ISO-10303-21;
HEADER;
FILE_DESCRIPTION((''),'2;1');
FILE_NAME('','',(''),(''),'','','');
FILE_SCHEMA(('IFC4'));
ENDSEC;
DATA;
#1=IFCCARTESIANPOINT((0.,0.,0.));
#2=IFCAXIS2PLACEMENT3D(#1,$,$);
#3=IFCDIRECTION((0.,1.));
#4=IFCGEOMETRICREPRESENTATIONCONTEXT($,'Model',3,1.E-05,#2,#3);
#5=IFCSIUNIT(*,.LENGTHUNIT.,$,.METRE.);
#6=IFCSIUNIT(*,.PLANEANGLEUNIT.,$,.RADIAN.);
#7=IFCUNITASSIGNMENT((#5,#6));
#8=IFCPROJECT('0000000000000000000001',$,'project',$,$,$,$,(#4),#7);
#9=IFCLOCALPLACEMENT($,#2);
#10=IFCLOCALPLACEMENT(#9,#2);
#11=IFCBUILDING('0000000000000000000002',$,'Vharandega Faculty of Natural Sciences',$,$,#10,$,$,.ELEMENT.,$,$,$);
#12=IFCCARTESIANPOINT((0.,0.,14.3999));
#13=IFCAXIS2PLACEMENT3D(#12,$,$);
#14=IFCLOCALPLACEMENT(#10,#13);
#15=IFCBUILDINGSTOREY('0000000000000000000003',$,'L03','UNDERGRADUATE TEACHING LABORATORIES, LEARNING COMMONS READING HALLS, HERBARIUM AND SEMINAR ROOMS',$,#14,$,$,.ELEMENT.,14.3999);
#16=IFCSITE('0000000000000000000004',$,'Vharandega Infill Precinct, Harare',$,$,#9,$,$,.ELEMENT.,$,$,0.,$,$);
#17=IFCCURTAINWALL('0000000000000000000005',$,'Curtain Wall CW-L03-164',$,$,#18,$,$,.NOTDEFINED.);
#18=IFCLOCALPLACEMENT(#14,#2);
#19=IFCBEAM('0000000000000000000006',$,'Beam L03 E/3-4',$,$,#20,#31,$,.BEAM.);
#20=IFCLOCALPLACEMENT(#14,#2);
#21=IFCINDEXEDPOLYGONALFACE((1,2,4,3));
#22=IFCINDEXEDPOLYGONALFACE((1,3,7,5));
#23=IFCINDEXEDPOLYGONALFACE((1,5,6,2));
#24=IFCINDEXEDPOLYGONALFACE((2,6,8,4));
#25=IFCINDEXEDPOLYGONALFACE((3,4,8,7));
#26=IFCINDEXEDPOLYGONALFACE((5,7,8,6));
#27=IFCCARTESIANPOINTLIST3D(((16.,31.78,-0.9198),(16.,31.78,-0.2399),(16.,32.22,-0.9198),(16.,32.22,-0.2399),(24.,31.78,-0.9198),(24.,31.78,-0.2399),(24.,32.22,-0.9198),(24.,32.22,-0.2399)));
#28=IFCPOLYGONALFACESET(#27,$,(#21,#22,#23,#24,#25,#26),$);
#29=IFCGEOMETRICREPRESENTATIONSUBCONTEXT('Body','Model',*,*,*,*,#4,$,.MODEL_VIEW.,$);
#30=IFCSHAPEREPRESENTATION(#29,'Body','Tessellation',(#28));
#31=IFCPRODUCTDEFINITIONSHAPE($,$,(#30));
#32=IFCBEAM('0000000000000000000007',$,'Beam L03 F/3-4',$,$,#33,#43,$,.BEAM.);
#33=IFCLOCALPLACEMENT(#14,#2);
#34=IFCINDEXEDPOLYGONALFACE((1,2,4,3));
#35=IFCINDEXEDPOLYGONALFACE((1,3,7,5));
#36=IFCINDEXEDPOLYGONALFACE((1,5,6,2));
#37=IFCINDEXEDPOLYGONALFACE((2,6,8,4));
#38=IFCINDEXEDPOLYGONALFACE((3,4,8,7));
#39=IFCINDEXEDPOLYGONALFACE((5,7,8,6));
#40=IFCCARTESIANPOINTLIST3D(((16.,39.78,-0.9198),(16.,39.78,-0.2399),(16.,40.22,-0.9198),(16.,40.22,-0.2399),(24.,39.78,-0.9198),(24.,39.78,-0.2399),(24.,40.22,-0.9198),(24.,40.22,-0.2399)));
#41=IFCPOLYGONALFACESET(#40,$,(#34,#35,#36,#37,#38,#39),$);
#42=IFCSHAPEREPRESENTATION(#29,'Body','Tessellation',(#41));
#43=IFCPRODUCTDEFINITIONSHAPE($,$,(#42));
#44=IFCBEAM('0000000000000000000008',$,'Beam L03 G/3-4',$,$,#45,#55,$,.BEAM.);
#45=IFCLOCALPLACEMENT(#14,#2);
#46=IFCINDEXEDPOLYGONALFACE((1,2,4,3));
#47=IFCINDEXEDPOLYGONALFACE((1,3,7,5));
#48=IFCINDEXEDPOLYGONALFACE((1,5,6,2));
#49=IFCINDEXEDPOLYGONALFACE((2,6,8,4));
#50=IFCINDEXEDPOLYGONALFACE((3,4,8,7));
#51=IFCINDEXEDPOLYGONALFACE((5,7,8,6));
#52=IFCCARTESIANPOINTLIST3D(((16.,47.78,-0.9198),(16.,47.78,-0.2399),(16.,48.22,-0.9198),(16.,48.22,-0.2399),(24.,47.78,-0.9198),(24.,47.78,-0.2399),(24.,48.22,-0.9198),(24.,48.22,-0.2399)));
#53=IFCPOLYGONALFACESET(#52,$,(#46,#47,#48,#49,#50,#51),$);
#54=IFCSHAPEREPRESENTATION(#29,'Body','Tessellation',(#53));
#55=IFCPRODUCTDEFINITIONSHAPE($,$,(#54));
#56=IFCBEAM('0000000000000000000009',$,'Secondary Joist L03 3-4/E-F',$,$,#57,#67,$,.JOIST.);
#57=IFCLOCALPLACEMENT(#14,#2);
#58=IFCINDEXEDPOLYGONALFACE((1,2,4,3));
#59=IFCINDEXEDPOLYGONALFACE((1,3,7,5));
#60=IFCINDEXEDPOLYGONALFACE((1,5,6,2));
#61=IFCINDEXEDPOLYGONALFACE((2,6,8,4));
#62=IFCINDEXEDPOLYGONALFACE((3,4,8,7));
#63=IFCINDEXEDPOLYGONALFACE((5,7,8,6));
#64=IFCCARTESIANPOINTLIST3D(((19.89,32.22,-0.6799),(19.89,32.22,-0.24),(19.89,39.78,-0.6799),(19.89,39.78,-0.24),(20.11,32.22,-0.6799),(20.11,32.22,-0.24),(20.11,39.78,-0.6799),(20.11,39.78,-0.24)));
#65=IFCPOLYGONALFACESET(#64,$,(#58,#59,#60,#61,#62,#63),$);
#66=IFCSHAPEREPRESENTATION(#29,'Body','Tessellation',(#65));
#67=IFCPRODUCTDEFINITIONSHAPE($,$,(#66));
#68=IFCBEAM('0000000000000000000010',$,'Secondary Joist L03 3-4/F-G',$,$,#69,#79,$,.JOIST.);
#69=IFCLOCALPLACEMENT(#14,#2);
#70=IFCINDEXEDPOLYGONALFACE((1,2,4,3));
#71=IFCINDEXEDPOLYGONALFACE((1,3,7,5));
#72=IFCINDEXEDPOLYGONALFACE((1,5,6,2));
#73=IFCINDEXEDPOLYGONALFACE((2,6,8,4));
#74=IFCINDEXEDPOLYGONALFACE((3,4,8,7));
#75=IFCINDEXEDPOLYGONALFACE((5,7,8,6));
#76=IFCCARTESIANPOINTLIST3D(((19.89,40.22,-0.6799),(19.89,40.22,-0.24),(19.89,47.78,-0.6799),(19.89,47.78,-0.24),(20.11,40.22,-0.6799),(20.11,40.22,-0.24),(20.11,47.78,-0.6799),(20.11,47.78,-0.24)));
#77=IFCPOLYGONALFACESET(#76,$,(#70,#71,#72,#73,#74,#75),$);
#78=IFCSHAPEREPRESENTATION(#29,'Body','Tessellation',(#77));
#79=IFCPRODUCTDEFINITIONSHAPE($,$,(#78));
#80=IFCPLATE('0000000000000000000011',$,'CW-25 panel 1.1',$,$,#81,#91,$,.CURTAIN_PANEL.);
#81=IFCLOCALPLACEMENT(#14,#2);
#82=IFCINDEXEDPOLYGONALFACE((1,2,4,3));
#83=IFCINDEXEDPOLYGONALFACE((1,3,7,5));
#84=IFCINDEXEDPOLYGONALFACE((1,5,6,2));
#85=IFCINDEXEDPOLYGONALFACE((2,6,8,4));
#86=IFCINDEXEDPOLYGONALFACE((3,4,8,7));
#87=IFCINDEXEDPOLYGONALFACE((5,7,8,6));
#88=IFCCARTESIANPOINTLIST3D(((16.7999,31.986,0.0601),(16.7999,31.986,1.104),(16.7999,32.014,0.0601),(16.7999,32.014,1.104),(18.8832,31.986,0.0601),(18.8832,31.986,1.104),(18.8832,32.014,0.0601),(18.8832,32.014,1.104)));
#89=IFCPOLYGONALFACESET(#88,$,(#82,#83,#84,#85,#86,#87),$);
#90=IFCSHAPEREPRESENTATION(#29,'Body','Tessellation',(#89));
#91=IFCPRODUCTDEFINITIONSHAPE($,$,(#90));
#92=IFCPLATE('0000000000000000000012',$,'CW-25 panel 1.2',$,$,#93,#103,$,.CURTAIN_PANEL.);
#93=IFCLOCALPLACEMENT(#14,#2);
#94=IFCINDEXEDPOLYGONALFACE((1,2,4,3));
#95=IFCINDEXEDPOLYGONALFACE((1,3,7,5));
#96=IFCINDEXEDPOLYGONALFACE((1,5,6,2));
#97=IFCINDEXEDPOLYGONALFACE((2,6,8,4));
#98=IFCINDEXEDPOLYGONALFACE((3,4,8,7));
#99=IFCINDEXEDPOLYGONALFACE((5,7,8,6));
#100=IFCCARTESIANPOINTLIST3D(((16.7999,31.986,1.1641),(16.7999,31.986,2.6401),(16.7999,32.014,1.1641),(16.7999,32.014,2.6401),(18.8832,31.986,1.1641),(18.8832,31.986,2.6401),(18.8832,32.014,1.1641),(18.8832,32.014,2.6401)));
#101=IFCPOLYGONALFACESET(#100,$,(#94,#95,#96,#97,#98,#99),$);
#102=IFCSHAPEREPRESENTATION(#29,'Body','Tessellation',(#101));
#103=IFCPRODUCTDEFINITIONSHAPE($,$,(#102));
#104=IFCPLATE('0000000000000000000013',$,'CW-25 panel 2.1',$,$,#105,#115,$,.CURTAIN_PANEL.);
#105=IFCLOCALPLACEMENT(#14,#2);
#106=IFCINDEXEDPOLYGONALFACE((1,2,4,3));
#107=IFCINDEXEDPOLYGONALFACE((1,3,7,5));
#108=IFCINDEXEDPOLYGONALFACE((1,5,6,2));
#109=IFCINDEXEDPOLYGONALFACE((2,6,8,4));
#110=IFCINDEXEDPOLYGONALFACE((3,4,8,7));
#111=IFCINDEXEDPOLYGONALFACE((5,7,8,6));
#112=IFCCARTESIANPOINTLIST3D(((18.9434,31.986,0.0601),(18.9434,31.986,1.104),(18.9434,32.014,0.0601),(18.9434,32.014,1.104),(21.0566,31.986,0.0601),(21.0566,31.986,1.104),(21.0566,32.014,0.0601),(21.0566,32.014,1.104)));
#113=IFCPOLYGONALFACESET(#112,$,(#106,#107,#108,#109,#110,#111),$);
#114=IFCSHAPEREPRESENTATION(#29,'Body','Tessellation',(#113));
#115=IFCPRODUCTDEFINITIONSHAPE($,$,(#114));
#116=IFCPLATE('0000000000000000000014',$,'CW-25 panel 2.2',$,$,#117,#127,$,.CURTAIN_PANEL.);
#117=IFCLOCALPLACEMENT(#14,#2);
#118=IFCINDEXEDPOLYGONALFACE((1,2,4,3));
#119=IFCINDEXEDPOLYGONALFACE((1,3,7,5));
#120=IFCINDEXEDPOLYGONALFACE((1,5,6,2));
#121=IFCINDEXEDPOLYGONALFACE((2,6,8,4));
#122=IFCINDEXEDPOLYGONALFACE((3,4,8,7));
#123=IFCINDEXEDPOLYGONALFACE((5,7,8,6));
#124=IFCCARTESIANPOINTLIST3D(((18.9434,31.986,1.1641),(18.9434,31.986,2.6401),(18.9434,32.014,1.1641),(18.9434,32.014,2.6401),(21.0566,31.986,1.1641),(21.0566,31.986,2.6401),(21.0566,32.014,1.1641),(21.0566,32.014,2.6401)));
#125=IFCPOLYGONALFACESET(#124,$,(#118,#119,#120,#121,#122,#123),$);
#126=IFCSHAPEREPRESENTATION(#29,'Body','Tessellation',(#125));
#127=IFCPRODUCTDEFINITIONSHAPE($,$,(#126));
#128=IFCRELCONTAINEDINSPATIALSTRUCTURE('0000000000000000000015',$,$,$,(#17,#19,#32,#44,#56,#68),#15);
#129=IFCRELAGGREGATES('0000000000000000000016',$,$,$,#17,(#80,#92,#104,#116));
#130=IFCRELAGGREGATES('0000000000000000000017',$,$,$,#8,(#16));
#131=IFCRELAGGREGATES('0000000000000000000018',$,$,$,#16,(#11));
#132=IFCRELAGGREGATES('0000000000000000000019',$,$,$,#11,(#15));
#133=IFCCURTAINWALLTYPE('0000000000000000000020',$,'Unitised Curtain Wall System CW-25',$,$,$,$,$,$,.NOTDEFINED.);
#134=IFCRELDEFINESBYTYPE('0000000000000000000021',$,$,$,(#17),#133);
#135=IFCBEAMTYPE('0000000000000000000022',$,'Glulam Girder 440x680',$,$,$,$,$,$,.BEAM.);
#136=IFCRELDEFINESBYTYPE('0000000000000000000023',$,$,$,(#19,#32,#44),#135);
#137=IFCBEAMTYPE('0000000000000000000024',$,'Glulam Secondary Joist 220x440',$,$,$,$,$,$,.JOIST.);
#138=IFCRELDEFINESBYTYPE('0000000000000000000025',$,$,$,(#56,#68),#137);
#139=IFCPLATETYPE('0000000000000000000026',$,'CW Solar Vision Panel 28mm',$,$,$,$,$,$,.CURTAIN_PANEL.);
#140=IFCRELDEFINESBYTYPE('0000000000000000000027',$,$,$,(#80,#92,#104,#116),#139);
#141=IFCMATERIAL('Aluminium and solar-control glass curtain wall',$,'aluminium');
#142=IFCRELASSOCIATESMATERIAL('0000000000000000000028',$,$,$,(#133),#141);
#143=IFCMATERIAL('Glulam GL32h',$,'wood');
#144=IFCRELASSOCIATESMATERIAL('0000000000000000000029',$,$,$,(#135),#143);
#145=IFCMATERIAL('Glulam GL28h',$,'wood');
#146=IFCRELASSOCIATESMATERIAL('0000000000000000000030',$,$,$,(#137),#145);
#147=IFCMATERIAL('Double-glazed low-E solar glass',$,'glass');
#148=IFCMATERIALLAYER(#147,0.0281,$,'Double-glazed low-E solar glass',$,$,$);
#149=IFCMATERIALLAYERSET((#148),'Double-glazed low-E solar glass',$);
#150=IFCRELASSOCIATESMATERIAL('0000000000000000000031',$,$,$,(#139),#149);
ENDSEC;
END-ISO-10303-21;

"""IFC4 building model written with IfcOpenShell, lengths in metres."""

from ifc_helpers import new_model, si_unit, direction, frame, origin, origin_2d, place, context, subcontext, project, spatial, rectangle, extrude, material, layer, layer_set, material_profile, profile_set, type_object, element, aggregate, save


model = new_model("IFC4")

# Units and contexts
model_context = context("Model", 3, precision=1e-05, world=origin(), true_north=direction((0.0, 1.0)))
body_context = subcontext(model_context, "Body", "Model", "MODEL_VIEW")
ifc_project = project(units=[si_unit("LENGTHUNIT", "METRE"), si_unit("PLANEANGLEUNIT", "RADIAN")], contexts=[model_context])

# Site, building, storey
site_placement = place(None, origin())
site = spatial("IfcSite", under=ifc_project, at=site_placement, Name="Vharandega Infill Precinct, Harare", CompositionType="ELEMENT", RefElevation=0.0)
building_placement = place(site_placement, origin())
building = spatial("IfcBuilding", under=site, at=building_placement, Name="Vharandega Faculty of Natural Sciences", CompositionType="ELEMENT")
storey_placement = place(building_placement, frame((0.0, 0.0, 14.3999)))
storey = spatial("IfcBuildingStorey", under=building, at=storey_placement, Name="L03", Description="UNDERGRADUATE TEACHING LABORATORIES, LEARNING COMMONS READING HALLS, HERBARIUM AND SEMINAR ROOMS", CompositionType="ELEMENT", Elevation=14.3999)

# Curtain wall
ifc_material_1 = material(Name="Aluminium and solar-control glass curtain wall", Category="aluminium")
curtain_wall_type_1 = type_object("IfcCurtainWallType", Name="Unitised Curtain Wall System CW-25", PredefinedType="NOTDEFINED", material=ifc_material_1)
curtain_wall_1_placement = place(storey_placement, origin())
curtain_wall_1 = element("IfcCurtainWall", 1, at=curtain_wall_1_placement, inside=storey, type_object=curtain_wall_type_1, Name="Curtain Wall CW-L03-164", PredefinedType="NOTDEFINED")

# Beams
ifc_material_2 = material(Name="Glulam GL32h", Category="wood")
ifc_material_profile_1 = material_profile(ifc_material_2, rectangle(XDim=0.4399, YDim=0.6799, at=origin_2d()), Name="GL32h 440x680")
ifc_profile_set_1 = profile_set([ifc_material_profile_1], Name="Glulam GL32h")
beam_type_1 = type_object("IfcBeamType", Name="Glulam Girder 440x680", PredefinedType="BEAM", material=ifc_profile_set_1)
for number, where, z_axis, x_axis, name in (
    (2, (16.0, 32.0, -0.5798), (1.0, 0.0, 0.0), (0.0, 1.0, 0.0), "Beam L03 E/3-4"),
    (3, (16.0, 40.0, -0.5798), (1.0, 0.0, 0.0), (0.0, 1.0, 0.0), "Beam L03 F/3-4"),
    (4, (16.0, 48.0, -0.5798), (1.0, 0.0, 0.0), (0.0, 1.0, 0.0), "Beam L03 G/3-4"),
):
    element("IfcBeam", number, at=place(storey_placement, frame(where, z_axis=z_axis, x_axis=x_axis)), inside=storey, type_object=beam_type_1, Name=name, PredefinedType="BEAM", context=body_context, shape_type="SweptSolid", body=[
        extrude(rectangle(XDim=0.4399, YDim=0.6799, at=origin_2d()), origin(), (0.0, 0.0, 1.0), 8.0),
    ])
ifc_material_3 = material(Name="Glulam GL28h", Category="wood")
ifc_material_profile_2 = material_profile(ifc_material_3, rectangle(XDim=0.22, YDim=0.4399, at=origin_2d()), Name="GL28h 220x440")
ifc_profile_set_2 = profile_set([ifc_material_profile_2], Name="Glulam GL28h")
beam_type_2 = type_object("IfcBeamType", Name="Glulam Secondary Joist 220x440", PredefinedType="JOIST", material=ifc_profile_set_2)
for number, where, z_axis, x_axis, name in (
    (5, (20.0, 32.22, -0.46), (0.0, 1.0, 0.0), (-1.0, 0.0, 0.0), "Secondary Joist L03 3-4/E-F"),
    (6, (20.0, 40.22, -0.46), (0.0, 1.0, 0.0), (-1.0, 0.0, 0.0), "Secondary Joist L03 3-4/F-G"),
):
    element("IfcBeam", number, at=place(storey_placement, frame(where, z_axis=z_axis, x_axis=x_axis)), inside=storey, type_object=beam_type_2, Name=name, PredefinedType="JOIST", context=body_context, shape_type="SweptSolid", body=[
        extrude(rectangle(XDim=0.22, YDim=0.4399, at=origin_2d()), origin(), (0.0, 0.0, 1.0), 7.5601),
    ])

# Plates
ifc_material_4 = material(Name="Double-glazed low-E solar glass", Category="glass")
ifc_layer = layer(ifc_material_4, 0.0281, Name="Double-glazed low-E solar glass")
ifc_layer_set = layer_set([ifc_layer], Name="Double-glazed low-E solar glass")
plate_type = type_object("IfcPlateType", Name="CW Solar Vision Panel 28mm", PredefinedType="CURTAIN_PANEL", material=ifc_layer_set)
plate_1_placement = place(storey_placement, frame((17.8416, 32.0, 0.0601), z_axis=(0.0, 0.0, 1.0), x_axis=(1.0, 0.0, 0.0)))
plate_1 = element("IfcPlate", 7, at=plate_1_placement, type_object=plate_type, Name="CW-25 panel 1.1", PredefinedType="CURTAIN_PANEL", context=body_context, shape_type="SweptSolid", body=[
    extrude(rectangle(XDim=2.0833, YDim=0.0281, at=origin_2d()), origin(), (0.0, 0.0, 1.0), 1.0439),
])
plate_2_placement = place(storey_placement, frame((17.8416, 32.0, 1.1641), z_axis=(0.0, 0.0, 1.0), x_axis=(1.0, 0.0, 0.0)))
plate_2 = element("IfcPlate", 8, at=plate_2_placement, type_object=plate_type, Name="CW-25 panel 1.2", PredefinedType="CURTAIN_PANEL", context=body_context, shape_type="SweptSolid", body=[
    extrude(rectangle(XDim=2.0833, YDim=0.0281, at=origin_2d()), origin(), (0.0, 0.0, 1.0), 1.4761),
])
plate_3_placement = place(storey_placement, frame((20.0, 32.0, 0.0601), z_axis=(0.0, 0.0, 1.0), x_axis=(1.0, 0.0, 0.0)))
plate_3 = element("IfcPlate", 9, at=plate_3_placement, type_object=plate_type, Name="CW-25 panel 2.1", PredefinedType="CURTAIN_PANEL", context=body_context, shape_type="SweptSolid", body=[
    extrude(rectangle(XDim=2.1133, YDim=0.0281, at=origin_2d()), origin(), (0.0, 0.0, 1.0), 1.0439),
])
plate_4_placement = place(storey_placement, frame((20.0, 32.0, 1.1641), z_axis=(0.0, 0.0, 1.0), x_axis=(1.0, 0.0, 0.0)))
plate_4 = element("IfcPlate", 10, at=plate_4_placement, type_object=plate_type, Name="CW-25 panel 2.2", PredefinedType="CURTAIN_PANEL", context=body_context, shape_type="SweptSolid", body=[
    extrude(rectangle(XDim=2.1133, YDim=0.0281, at=origin_2d()), origin(), (0.0, 0.0, 1.0), 1.4761),
])
aggregate(curtain_wall_1, [plate_1, plate_2, plate_3, plate_4])

save(model, "model.ifc")
